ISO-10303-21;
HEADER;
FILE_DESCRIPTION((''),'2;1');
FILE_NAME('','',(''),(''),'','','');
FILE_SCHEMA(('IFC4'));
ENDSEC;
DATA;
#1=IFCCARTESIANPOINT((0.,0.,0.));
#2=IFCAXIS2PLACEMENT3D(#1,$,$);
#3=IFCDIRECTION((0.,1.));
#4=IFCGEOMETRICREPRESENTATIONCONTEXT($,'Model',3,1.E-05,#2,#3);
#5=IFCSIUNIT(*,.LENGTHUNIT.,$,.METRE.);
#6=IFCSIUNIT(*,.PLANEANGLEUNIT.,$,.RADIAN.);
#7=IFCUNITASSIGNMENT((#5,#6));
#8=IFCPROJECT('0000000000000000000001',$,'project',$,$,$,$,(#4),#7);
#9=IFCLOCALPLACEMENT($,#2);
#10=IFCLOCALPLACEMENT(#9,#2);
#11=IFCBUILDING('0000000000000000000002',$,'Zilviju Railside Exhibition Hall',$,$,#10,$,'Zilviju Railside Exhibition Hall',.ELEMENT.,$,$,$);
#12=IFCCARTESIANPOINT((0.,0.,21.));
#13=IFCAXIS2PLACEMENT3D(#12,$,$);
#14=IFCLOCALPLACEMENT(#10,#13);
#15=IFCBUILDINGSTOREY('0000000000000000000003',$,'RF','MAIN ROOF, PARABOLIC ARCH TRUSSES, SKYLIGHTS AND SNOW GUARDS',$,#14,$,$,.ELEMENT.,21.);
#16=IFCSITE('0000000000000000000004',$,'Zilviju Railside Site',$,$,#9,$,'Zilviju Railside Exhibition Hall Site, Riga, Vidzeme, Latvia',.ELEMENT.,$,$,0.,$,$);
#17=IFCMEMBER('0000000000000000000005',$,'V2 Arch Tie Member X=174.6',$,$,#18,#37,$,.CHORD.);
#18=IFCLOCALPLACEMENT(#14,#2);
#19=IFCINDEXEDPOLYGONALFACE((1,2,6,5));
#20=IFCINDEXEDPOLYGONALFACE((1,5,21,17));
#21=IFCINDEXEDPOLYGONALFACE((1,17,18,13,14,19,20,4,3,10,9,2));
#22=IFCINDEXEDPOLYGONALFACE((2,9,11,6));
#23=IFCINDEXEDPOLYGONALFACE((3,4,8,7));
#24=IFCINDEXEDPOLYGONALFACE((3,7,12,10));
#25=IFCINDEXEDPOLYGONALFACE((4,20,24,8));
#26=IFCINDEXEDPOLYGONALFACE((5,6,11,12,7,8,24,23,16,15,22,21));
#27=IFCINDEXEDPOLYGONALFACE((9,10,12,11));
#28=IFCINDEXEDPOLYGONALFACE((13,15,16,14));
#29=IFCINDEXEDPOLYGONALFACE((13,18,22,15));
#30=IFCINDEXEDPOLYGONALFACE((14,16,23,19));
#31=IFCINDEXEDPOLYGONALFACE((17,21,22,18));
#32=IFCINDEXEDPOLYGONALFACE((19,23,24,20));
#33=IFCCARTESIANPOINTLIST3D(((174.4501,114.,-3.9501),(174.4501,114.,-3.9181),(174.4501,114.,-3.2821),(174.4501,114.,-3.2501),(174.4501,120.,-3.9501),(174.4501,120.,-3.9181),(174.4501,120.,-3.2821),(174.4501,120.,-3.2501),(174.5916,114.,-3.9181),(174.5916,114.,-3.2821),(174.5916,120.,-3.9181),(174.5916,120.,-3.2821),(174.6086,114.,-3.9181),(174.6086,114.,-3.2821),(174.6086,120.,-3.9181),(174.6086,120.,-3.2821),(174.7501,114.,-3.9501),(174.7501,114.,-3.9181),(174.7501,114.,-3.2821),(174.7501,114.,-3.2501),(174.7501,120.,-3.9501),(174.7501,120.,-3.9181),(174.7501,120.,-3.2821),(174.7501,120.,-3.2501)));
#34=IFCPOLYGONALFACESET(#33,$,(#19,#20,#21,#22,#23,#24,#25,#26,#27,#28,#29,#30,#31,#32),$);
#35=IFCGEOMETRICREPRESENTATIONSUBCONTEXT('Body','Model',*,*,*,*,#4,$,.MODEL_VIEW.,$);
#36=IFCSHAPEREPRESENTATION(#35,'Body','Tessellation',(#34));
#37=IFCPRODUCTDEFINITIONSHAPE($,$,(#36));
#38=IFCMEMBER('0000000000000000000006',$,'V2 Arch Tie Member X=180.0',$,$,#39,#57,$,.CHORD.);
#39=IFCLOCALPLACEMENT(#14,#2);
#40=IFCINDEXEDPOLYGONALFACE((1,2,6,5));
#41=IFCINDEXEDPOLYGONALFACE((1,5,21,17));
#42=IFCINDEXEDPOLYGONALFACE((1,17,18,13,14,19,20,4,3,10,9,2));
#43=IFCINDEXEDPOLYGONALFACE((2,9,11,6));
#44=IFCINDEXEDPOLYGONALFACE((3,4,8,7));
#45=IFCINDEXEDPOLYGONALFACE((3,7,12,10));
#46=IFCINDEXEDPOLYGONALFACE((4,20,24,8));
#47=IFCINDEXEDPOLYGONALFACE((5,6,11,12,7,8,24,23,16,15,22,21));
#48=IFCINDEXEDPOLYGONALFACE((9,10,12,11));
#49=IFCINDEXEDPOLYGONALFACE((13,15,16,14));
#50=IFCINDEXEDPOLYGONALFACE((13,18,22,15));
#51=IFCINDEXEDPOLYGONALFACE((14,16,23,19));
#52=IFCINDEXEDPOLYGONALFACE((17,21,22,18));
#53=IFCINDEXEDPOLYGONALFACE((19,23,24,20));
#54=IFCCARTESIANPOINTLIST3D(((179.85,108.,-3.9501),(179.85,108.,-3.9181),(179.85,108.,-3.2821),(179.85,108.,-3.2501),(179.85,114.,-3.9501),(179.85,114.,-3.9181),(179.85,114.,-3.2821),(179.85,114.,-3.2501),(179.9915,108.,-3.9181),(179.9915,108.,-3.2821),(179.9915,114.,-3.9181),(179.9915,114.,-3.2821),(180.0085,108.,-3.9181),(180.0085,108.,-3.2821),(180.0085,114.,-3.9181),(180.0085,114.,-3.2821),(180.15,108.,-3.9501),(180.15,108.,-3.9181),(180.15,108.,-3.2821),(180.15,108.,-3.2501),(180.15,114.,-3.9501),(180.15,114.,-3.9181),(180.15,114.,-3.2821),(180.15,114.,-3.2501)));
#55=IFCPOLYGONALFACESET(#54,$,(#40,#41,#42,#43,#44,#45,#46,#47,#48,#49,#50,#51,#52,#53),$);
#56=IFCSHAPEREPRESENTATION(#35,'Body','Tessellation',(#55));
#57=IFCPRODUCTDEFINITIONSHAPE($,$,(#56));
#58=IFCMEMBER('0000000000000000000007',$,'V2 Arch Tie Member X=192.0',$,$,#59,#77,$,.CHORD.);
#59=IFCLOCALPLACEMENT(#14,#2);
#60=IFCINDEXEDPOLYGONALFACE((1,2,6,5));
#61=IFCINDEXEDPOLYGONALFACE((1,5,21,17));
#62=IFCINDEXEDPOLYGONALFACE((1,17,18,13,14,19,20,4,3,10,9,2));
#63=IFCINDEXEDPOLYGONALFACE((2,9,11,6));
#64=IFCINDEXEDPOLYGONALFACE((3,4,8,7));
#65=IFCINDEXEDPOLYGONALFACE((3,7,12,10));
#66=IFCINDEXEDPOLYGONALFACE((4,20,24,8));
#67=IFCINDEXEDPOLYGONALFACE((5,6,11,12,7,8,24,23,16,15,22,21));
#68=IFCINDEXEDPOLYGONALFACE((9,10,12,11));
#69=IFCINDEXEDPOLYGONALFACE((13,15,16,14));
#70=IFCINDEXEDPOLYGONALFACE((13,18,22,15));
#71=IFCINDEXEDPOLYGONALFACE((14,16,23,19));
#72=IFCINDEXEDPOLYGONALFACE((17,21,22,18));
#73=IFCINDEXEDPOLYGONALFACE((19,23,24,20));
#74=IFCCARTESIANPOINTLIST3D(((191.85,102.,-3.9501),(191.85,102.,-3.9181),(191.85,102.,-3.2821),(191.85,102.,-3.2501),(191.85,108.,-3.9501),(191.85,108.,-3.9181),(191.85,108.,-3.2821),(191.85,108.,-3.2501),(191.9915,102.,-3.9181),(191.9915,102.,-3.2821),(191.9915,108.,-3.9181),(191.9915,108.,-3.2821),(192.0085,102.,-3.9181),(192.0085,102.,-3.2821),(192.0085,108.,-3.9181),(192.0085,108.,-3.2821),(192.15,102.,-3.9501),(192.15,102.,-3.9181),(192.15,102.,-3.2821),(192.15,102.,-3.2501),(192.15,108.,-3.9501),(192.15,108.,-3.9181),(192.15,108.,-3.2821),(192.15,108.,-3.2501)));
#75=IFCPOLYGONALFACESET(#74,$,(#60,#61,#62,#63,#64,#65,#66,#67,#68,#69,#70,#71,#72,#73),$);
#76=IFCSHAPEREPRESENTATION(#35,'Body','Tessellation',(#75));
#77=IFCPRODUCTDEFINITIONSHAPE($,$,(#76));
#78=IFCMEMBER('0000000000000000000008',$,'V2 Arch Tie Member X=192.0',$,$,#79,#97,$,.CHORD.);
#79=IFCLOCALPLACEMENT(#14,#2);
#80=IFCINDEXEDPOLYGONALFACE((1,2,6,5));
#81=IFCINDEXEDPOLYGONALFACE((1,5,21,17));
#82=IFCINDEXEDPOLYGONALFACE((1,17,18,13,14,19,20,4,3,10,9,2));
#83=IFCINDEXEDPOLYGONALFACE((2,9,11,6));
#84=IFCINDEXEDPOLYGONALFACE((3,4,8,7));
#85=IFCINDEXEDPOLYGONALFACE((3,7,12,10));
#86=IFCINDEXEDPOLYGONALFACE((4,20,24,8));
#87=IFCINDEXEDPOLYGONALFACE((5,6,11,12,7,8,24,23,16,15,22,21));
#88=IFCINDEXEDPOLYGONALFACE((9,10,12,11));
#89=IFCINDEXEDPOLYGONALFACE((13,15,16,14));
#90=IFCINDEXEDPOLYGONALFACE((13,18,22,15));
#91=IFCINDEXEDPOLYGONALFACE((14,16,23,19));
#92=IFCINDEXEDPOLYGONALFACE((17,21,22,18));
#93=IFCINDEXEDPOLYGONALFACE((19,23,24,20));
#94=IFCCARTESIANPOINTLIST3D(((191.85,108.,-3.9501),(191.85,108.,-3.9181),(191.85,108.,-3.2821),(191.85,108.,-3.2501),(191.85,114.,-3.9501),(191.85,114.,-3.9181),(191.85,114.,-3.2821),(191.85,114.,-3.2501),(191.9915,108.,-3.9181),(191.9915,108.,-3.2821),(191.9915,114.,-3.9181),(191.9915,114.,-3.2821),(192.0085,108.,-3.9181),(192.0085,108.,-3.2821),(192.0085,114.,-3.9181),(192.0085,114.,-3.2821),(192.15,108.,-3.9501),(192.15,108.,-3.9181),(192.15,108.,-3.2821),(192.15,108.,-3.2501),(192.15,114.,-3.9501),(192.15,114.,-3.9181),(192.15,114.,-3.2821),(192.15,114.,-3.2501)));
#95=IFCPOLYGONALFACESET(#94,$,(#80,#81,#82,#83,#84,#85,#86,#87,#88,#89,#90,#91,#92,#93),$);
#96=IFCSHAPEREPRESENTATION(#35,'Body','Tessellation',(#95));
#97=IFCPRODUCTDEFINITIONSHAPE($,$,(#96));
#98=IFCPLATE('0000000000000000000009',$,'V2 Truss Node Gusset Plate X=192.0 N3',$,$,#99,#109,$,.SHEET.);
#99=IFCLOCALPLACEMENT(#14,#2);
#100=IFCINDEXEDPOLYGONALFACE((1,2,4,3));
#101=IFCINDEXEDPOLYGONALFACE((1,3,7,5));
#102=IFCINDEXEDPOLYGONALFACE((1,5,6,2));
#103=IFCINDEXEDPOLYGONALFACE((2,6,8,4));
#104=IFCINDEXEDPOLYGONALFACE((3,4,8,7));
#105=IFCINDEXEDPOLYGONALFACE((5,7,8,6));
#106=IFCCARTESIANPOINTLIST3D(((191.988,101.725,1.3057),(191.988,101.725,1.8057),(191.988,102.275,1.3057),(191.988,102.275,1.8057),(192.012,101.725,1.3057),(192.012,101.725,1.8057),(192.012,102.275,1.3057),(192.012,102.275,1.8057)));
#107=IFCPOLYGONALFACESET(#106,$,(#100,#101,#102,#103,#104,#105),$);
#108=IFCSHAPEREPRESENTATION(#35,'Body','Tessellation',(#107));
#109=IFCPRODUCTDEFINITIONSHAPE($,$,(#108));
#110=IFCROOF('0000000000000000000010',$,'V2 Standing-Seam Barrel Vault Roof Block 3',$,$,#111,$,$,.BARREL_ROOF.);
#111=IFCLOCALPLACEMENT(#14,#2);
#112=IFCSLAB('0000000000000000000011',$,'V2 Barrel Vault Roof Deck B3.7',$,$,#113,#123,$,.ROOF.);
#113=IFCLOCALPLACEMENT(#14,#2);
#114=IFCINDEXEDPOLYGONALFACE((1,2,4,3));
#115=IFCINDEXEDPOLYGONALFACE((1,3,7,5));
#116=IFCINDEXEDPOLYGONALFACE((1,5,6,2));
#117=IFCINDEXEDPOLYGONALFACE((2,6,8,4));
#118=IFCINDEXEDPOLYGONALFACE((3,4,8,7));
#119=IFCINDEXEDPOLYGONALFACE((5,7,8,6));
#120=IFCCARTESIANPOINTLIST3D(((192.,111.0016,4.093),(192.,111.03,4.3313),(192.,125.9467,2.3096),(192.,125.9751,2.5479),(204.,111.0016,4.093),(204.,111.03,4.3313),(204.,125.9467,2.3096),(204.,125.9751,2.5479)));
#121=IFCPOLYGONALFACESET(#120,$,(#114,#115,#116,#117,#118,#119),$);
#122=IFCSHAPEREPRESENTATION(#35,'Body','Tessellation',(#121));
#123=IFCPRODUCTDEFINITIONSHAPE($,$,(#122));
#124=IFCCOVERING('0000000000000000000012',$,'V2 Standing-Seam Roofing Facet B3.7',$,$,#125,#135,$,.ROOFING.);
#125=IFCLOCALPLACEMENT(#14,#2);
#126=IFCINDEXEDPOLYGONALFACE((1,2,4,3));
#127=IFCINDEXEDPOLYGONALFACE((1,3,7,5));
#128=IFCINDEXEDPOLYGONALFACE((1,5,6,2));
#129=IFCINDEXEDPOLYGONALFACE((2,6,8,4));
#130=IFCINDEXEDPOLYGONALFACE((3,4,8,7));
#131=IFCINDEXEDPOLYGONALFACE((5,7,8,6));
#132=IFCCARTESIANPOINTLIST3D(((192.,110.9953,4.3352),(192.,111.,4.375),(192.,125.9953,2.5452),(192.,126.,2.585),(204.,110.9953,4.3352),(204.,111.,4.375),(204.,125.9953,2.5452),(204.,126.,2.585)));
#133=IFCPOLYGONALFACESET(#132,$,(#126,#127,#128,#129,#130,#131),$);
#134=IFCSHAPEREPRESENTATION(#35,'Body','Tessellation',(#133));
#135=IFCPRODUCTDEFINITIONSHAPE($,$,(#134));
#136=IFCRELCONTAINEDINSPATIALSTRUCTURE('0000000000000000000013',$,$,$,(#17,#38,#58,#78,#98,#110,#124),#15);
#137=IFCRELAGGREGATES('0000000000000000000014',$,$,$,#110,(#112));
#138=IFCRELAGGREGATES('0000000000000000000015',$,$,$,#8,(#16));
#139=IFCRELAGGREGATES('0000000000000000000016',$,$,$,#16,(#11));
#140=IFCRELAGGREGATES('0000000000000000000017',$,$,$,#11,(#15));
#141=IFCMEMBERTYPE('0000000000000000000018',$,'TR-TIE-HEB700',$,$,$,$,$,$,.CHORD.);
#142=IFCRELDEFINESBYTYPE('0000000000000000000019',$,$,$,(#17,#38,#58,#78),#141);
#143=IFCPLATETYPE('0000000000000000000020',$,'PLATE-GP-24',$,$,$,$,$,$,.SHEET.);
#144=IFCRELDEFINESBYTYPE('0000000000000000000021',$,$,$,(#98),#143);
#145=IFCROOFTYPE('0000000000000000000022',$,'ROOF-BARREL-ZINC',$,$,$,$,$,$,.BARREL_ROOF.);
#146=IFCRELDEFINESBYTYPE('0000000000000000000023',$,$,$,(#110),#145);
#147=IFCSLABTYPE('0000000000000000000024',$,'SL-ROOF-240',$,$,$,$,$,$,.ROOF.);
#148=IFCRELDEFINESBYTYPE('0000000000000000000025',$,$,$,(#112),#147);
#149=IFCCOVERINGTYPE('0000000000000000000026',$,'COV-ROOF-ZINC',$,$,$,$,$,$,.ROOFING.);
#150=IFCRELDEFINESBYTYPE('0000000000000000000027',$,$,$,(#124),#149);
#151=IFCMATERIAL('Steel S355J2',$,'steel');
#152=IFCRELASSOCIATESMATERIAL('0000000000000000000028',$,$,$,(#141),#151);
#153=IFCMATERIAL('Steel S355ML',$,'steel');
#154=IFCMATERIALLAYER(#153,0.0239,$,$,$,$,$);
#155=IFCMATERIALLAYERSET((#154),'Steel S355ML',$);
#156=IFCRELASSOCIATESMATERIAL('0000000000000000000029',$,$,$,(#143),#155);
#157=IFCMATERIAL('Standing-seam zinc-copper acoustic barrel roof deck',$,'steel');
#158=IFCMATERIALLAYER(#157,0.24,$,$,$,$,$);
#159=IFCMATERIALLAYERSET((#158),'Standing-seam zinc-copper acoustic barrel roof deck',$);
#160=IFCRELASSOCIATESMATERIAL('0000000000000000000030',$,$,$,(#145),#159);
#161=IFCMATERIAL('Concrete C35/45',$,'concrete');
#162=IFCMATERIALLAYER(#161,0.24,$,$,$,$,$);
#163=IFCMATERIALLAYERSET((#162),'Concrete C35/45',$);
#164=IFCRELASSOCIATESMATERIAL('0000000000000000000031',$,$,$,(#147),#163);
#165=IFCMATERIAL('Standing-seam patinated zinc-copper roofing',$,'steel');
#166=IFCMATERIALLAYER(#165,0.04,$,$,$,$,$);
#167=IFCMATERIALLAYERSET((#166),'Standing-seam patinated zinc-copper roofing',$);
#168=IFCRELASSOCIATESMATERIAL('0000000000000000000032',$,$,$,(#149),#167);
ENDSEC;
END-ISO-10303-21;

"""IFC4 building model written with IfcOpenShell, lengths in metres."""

from ifc_helpers import new_model, si_unit, direction, frame, origin, origin_2d, place, context, subcontext, project, spatial, polyline, rectangle, i_section, outline, extrude, material, layer, layer_set, material_profile, profile_set, type_object, element, aggregate, save


model = new_model("IFC4")

# Units and contexts
model_context = context("Model", 3, precision=1e-05, world=origin(), true_north=direction((0.0, 1.0)))
body_context = subcontext(model_context, "Body", "Model", "MODEL_VIEW")
ifc_project = project(units=[si_unit("LENGTHUNIT", "METRE"), si_unit("PLANEANGLEUNIT", "RADIAN")], contexts=[model_context])

# Site, building, storey
site_placement = place(None, origin())
site = spatial("IfcSite", under=ifc_project, at=site_placement, Name="Zilviju Railside Site", LongName="Zilviju Railside Exhibition Hall Site, Riga, Vidzeme, Latvia", CompositionType="ELEMENT", RefElevation=0.0)
building_placement = place(site_placement, origin())
building = spatial("IfcBuilding", under=site, at=building_placement, Name="Zilviju Railside Exhibition Hall", LongName="Zilviju Railside Exhibition Hall", CompositionType="ELEMENT")
storey_placement = place(building_placement, frame((0.0, 0.0, 21.0)))
storey = spatial("IfcBuildingStorey", under=building, at=storey_placement, Name="RF", Description="MAIN ROOF, PARABOLIC ARCH TRUSSES, SKYLIGHTS AND SNOW GUARDS", CompositionType="ELEMENT", Elevation=21.0)

# Members
ifc_material_1 = material(Name="Steel S355J2", Category="steel")
ifc_material_profile_1 = material_profile(ifc_material_1, i_section(OverallWidth=0.3, OverallDepth=0.7, WebThickness=0.0171, FlangeThickness=0.032, at=origin_2d()), Name="HEB 700")
ifc_profile_set_1 = profile_set([ifc_material_profile_1], Name="Steel S355J2")
member_type_1 = type_object("IfcMemberType", Name="TR-TIE-HEB700", PredefinedType="CHORD", material=ifc_profile_set_1)
for number, where, z_axis, x_axis, name in (
    (1, (174.6001, 114.0, -3.6001), (0.0, 1.0, 0.0), (-1.0, 0.0, 0.0), "V2 Arch Tie Member X=174.6"),
    (2, (180.0, 108.0, -3.6001), (0.0, 1.0, 0.0), (-1.0, 0.0, 0.0), "V2 Arch Tie Member X=180.0"),
    (3, (192.0, 102.0, -3.6001), (0.0, 1.0, 0.0), (-1.0, 0.0, 0.0), "V2 Arch Tie Member X=192.0"),
    (4, (192.0, 108.0, -3.6001), (0.0, 1.0, 0.0), (-1.0, 0.0, 0.0), "V2 Arch Tie Member X=192.0"),
):
    element("IfcMember", number, at=place(storey_placement, frame(where, z_axis=z_axis, x_axis=x_axis)), inside=storey, type_object=member_type_1, Name=name, PredefinedType="CHORD", context=body_context, shape_type="SweptSolid", body=[
        extrude(i_section(OverallWidth=0.3, OverallDepth=0.7, WebThickness=0.0171, FlangeThickness=0.032, at=origin_2d()), origin(), (0.0, 0.0, 1.0), 6.0),
    ])

# Plate
ifc_material_2 = material(Name="Steel S355ML", Category="steel")
ifc_layer_1 = layer(ifc_material_2, 0.0239)
ifc_layer_set_1 = layer_set([ifc_layer_1], Name="Steel S355ML")
plate_type = type_object("IfcPlateType", Name="PLATE-GP-24", PredefinedType="SHEET", material=ifc_layer_set_1)
plate_placement = place(storey_placement, frame((192.0, 102.0, 1.3057), z_axis=(0.0, 0.0, 1.0), x_axis=(1.0, 0.0, 0.0)))
element("IfcPlate", 5, at=plate_placement, inside=storey, type_object=plate_type, Name="V2 Truss Node Gusset Plate X=192.0 N3", PredefinedType="SHEET", context=body_context, shape_type="SweptSolid", body=[
    extrude(rectangle(XDim=0.0239, YDim=0.55, at=origin_2d()), origin(), (0.0, 0.0, 1.0), 0.5),
])

# Roof, slab
ifc_material_3 = material(Name="Standing-seam zinc-copper acoustic barrel roof deck", Category="steel")
ifc_layer_2 = layer(ifc_material_3, 0.24)
ifc_layer_set_2 = layer_set([ifc_layer_2], Name="Standing-seam zinc-copper acoustic barrel roof deck")
roof_type = type_object("IfcRoofType", Name="ROOF-BARREL-ZINC", PredefinedType="BARREL_ROOF", material=ifc_layer_set_2)
roof_placement = place(storey_placement, origin())
roof = element("IfcRoof", 6, at=roof_placement, inside=storey, type_object=roof_type, Name="V2 Standing-Seam Barrel Vault Roof Block 3", PredefinedType="BARREL_ROOF")
ifc_material_4 = material(Name="Concrete C35/45", Category="concrete")
ifc_layer_3 = layer(ifc_material_4, 0.24)
ifc_layer_set_3 = layer_set([ifc_layer_3], Name="Concrete C35/45")
slab_type = type_object("IfcSlabType", Name="SL-ROOF-240", PredefinedType="ROOF", material=ifc_layer_set_3)
slab_placement = place(storey_placement, frame((192.0, 111.03, 4.3313), z_axis=(0.0, 0.118493, 0.992955), x_axis=(1.0, 0.0, 0.0)))
slab = element("IfcSlab", 7, at=slab_placement, type_object=slab_type, Name="V2 Barrel Vault Roof Deck B3.7", PredefinedType="ROOF", context=body_context, shape_type="SweptSolid", body=[
    extrude(outline(polyline([(0.0, 0.0), (12.0, 0.0), (12.0, 15.0511), (0.0, 15.0511), (0.0, 0.0)])), origin(), (0.0, 0.0, -1.0), 0.24),
])
aggregate(roof, [slab])

# Covering
ifc_material_5 = material(Name="Standing-seam patinated zinc-copper roofing", Category="steel")
ifc_layer_4 = layer(ifc_material_5, 0.04)
ifc_layer_set_4 = layer_set([ifc_layer_4], Name="Standing-seam patinated zinc-copper roofing")
covering_type = type_object("IfcCoveringType", Name="COV-ROOF-ZINC", PredefinedType="ROOFING", material=ifc_layer_set_4)
covering_placement = place(storey_placement, frame((192.0, 111.0, 4.375), z_axis=(0.0, 0.118495, 0.992955), x_axis=(1.0, 0.0, 0.0)))
element("IfcCovering", 8, at=covering_placement, inside=storey, type_object=covering_type, Name="V2 Standing-Seam Roofing Facet B3.7", PredefinedType="ROOFING", context=body_context, shape_type="SweptSolid", body=[
    extrude(outline(polyline([(0.0, 0.0), (12.0, 0.0), (12.0, 15.1064), (0.0, 15.1064), (0.0, 0.0)])), origin(), (0.0, 0.0, -1.0), 0.04),
])

save(model, "model.ifc")
